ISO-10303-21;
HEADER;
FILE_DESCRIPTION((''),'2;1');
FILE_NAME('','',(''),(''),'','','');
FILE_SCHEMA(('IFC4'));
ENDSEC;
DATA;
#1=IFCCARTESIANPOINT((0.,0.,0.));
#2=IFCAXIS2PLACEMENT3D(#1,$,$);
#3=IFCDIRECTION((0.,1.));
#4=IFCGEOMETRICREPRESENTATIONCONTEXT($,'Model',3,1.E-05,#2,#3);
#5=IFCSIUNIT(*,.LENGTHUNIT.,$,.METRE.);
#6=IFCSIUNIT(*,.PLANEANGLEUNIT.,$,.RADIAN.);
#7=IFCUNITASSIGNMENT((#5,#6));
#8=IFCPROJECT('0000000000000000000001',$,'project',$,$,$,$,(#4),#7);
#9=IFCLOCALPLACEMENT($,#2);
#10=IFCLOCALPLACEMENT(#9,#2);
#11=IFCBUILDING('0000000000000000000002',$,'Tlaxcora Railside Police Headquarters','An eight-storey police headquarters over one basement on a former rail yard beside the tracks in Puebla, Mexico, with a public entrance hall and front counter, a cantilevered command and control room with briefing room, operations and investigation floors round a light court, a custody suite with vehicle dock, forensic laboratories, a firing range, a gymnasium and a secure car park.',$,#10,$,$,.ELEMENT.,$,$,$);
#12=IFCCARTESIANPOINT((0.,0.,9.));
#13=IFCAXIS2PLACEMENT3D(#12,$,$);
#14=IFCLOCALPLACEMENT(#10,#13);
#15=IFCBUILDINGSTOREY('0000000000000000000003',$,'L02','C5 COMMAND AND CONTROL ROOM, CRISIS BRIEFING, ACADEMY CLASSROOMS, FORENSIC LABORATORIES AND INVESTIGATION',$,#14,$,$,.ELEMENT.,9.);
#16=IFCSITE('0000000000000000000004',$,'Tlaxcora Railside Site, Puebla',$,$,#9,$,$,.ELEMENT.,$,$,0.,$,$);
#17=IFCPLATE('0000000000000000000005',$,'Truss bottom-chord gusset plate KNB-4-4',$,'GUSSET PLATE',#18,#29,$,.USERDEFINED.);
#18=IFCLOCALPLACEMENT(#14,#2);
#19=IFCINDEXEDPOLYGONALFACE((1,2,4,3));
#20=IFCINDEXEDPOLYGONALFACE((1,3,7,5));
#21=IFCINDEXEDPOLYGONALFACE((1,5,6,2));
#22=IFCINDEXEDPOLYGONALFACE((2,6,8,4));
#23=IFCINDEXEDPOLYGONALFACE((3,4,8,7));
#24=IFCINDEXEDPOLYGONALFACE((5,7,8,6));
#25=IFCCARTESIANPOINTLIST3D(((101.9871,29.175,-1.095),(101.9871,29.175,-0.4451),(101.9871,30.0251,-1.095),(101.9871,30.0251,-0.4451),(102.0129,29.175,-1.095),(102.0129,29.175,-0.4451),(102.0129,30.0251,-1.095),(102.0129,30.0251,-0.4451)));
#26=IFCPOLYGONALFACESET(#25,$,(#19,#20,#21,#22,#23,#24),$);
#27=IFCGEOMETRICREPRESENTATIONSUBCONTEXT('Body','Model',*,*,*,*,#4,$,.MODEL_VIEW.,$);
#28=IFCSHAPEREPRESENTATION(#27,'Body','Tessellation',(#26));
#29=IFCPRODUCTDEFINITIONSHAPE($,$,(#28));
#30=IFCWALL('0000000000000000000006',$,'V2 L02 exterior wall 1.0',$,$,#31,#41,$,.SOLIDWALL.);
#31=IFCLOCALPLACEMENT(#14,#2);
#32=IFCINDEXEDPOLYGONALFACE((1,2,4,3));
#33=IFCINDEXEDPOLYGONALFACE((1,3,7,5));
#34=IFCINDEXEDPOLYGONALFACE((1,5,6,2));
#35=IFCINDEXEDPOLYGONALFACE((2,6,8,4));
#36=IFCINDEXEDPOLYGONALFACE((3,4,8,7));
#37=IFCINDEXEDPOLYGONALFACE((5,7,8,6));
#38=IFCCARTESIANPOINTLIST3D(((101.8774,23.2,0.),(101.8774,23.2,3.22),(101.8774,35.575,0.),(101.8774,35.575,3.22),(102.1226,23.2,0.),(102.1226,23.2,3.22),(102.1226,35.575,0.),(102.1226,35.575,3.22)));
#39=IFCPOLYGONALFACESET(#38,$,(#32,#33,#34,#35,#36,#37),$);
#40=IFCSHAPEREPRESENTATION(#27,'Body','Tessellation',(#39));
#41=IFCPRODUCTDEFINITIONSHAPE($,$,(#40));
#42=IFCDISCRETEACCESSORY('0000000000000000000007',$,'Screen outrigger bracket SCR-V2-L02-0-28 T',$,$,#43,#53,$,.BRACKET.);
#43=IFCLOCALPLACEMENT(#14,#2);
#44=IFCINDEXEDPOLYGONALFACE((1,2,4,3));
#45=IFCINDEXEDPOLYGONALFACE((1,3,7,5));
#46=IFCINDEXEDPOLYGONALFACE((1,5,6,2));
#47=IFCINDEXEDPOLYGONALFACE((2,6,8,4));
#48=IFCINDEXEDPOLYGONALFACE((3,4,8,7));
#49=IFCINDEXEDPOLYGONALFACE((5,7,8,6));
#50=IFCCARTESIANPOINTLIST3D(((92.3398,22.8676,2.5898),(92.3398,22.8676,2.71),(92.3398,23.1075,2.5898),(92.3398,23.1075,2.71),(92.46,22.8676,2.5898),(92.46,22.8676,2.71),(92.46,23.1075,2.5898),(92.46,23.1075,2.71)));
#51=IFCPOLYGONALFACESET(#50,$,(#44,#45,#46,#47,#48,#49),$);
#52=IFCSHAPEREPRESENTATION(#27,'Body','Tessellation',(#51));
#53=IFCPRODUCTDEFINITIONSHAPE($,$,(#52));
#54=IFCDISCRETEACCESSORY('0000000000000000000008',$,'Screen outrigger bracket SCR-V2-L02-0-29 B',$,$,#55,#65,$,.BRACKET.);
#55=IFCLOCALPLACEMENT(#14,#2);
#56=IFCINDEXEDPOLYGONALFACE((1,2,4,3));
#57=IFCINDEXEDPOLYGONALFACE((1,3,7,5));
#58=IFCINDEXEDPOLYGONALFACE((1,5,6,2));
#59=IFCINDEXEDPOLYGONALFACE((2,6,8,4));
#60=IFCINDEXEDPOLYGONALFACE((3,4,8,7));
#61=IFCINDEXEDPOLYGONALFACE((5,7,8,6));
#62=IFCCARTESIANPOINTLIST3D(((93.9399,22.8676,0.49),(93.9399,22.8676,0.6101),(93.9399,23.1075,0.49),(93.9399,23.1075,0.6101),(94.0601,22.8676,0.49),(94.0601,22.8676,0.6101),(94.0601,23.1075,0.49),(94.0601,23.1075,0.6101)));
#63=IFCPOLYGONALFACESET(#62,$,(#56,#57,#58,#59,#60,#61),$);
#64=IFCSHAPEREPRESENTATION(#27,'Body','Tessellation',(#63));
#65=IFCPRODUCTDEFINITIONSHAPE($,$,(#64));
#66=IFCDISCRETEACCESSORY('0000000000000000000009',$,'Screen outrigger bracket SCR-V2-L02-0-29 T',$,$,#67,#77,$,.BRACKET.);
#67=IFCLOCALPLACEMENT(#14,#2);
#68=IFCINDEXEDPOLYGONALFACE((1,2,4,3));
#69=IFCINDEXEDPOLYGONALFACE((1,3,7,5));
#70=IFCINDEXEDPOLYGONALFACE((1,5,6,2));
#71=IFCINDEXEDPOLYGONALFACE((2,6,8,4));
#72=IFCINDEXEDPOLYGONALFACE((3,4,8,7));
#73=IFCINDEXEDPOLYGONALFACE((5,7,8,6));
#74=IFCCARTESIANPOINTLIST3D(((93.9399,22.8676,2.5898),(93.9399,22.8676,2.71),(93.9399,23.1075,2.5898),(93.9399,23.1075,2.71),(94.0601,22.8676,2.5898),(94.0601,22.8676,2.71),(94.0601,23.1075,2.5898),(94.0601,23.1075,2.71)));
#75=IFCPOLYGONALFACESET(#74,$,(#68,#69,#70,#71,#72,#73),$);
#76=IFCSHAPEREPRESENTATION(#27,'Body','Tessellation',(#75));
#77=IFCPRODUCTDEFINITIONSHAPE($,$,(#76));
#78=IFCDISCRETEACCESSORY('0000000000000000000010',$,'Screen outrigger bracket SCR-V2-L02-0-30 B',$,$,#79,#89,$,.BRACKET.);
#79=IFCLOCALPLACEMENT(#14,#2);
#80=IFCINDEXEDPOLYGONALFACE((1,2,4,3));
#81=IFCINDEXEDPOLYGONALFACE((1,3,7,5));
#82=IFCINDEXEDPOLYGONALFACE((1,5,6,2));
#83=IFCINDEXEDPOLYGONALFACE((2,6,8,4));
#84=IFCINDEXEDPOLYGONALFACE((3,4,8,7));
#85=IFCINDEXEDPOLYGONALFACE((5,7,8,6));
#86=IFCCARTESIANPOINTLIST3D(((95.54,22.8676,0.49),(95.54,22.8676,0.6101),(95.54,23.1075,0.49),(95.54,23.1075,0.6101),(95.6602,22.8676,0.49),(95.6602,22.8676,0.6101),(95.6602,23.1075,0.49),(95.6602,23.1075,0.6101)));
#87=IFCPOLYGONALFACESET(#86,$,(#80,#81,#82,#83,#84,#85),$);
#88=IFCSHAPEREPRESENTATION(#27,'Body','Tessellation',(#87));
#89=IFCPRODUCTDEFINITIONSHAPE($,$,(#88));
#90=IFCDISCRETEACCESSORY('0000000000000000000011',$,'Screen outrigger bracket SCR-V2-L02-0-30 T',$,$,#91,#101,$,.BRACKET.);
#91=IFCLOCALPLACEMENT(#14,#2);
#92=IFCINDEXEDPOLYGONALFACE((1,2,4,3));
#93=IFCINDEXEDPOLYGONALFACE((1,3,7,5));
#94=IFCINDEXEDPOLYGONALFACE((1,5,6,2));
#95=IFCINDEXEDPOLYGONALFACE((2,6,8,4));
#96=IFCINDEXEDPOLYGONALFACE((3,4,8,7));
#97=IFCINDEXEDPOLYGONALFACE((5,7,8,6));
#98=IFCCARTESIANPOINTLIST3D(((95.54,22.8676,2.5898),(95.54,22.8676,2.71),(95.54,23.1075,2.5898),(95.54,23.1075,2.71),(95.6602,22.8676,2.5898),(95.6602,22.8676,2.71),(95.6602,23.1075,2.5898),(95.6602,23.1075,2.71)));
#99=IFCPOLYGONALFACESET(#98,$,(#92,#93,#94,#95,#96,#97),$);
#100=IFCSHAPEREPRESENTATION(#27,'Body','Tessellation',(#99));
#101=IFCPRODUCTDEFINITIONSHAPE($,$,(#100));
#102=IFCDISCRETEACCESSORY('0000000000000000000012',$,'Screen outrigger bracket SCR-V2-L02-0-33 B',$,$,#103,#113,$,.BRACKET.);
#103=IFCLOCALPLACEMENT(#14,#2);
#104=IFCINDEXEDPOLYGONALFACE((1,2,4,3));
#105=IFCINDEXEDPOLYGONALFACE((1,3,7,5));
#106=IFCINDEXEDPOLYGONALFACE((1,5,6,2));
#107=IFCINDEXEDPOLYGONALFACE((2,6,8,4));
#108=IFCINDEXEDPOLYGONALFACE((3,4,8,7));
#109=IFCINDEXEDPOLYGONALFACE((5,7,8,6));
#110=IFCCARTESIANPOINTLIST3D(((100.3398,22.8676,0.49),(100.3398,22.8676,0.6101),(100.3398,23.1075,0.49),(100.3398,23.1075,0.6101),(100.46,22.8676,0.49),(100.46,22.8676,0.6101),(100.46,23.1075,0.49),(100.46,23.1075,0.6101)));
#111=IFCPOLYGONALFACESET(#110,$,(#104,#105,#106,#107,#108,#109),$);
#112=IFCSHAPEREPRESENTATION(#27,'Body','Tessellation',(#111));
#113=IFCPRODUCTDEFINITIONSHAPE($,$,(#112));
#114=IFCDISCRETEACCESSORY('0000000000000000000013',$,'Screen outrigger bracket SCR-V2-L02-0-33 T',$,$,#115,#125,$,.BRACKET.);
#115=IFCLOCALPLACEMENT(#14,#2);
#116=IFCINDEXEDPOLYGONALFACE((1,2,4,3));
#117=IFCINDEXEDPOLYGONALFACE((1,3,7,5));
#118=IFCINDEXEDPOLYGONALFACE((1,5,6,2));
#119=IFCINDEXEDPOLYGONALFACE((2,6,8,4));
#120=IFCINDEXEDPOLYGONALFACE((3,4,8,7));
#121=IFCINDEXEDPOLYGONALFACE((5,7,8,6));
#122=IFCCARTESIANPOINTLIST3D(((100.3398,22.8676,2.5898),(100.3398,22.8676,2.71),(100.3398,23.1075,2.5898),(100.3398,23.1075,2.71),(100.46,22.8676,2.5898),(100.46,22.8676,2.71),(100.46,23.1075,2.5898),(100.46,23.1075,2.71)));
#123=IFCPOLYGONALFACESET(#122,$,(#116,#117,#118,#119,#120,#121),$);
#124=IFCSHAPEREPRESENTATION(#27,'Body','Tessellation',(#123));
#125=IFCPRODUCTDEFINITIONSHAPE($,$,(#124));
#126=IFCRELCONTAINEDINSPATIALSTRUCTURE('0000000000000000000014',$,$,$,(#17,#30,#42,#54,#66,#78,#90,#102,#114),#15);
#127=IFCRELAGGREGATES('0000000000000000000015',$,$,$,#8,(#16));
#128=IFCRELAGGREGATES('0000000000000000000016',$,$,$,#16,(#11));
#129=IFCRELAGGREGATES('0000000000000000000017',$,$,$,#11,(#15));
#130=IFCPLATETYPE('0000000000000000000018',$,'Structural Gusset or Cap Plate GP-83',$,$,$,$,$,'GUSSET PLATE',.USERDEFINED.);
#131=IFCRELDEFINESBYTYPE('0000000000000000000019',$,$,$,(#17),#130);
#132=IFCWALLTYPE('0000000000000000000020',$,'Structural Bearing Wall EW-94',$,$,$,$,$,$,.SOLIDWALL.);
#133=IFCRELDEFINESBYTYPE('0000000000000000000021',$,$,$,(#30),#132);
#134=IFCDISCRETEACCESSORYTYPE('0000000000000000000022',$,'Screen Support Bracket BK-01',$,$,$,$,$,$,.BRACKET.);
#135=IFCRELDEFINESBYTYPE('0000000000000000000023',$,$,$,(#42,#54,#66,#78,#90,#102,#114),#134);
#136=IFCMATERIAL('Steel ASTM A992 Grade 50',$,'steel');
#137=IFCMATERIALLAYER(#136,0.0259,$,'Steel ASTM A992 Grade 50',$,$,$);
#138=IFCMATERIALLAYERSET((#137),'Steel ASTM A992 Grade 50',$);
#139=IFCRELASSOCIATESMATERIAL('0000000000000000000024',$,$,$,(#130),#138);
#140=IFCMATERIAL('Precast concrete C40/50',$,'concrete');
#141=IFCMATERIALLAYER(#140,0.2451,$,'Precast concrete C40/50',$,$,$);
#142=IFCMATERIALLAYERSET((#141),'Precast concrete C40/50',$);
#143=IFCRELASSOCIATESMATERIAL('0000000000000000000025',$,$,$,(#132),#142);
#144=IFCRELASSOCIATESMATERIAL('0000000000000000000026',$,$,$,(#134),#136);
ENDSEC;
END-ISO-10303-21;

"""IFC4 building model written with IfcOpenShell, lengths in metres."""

from ifc_helpers import new_model, si_unit, direction, frame, frame_2d, origin, origin_2d, place, context, subcontext, project, spatial, rectangle, extrude, material, layer, layer_set, type_object, element, save


model = new_model("IFC4")

# Units and contexts
model_context = context("Model", 3, precision=1e-05, world=origin(), true_north=direction((0.0, 1.0)))
body_context = subcontext(model_context, "Body", "Model", "MODEL_VIEW")
ifc_project = project(units=[si_unit("LENGTHUNIT", "METRE"), si_unit("PLANEANGLEUNIT", "RADIAN")], contexts=[model_context])

# Site, building, storey
site_placement = place(None, origin())
site = spatial("IfcSite", under=ifc_project, at=site_placement, Name="Tlaxcora Railside Site, Puebla", CompositionType="ELEMENT", RefElevation=0.0)
building_placement = place(site_placement, origin())
building = spatial("IfcBuilding", under=site, at=building_placement, Name="Tlaxcora Railside Police Headquarters", Description="An eight-storey police headquarters over one basement on a former rail yard beside the tracks in Puebla, Mexico, with a public entrance hall and front counter, a cantilevered command and control room with briefing room, operations and investigation floors round a light court, a custody suite with vehicle dock, forensic laboratories, a firing range, a gymnasium and a secure car park.", CompositionType="ELEMENT")
storey_placement = place(building_placement, frame((0.0, 0.0, 9.0)))
storey = spatial("IfcBuildingStorey", under=building, at=storey_placement, Name="L02", Description="C5 COMMAND AND CONTROL ROOM, CRISIS BRIEFING, ACADEMY CLASSROOMS, FORENSIC LABORATORIES AND INVESTIGATION", CompositionType="ELEMENT", Elevation=9.0)

# Shared definitions
ifc_material_1 = material(Name="Steel ASTM A992 Grade 50", Category="steel")

# Plate
ifc_layer_1 = layer(ifc_material_1, 0.0259, Name="Steel ASTM A992 Grade 50")
ifc_layer_set_1 = layer_set([ifc_layer_1], Name="Steel ASTM A992 Grade 50")
plate_type_1 = type_object("IfcPlateType", Name="Structural Gusset or Cap Plate GP-83", ElementType="GUSSET PLATE", PredefinedType="USERDEFINED", material=ifc_layer_set_1)
for number, where, z_axis, x_axis, name in (
    (1, (102.0, 29.6001, -1.095), (0.0, 0.0, 1.0), (0.0, 1.0, 0.0), "Truss bottom-chord gusset plate KNB-4-4"),
):
    element("IfcPlate", number, at=place(storey_placement, frame(where, z_axis=z_axis, x_axis=x_axis)), inside=storey, type_object=plate_type_1, Name=name, ObjectType="GUSSET PLATE", PredefinedType="USERDEFINED", context=body_context, shape_type="SweptSolid", body=[
        extrude(rectangle(XDim=0.8501, YDim=0.0259, at=origin_2d()), origin(), (0.0, 0.0, 1.0), 0.6499),
    ])

# Wall
ifc_material_2 = material(Name="Precast concrete C40/50", Category="concrete")
ifc_layer_2 = layer(ifc_material_2, 0.2451, Name="Precast concrete C40/50")
ifc_layer_set_2 = layer_set([ifc_layer_2], Name="Precast concrete C40/50")
wall_type = type_object("IfcWallType", Name="Structural Bearing Wall EW-94", PredefinedType="SOLIDWALL", material=ifc_layer_set_2)
wall_placement = place(storey_placement, frame((102.0, 23.2, 0.0), z_axis=(0.0, 0.0, 1.0), x_axis=(0.0, 1.0, 0.0)))
element("IfcWall", 2, at=wall_placement, inside=storey, type_object=wall_type, Name="V2 L02 exterior wall 1.0", PredefinedType="SOLIDWALL", context=body_context, shape_type="SweptSolid", body=[
    extrude(rectangle(XDim=12.375, YDim=0.2451, at=frame_2d((6.1875, 0.0))), origin(), (0.0, 0.0, 1.0), 3.22),
])

# Discrete accessories
discrete_accessory_type = type_object("IfcDiscreteAccessoryType", Name="Screen Support Bracket BK-01", PredefinedType="BRACKET", material=ifc_material_1)
for number, where, z_axis, x_axis, name in (
    (3, (92.3999, 22.9875, 2.5898), (0.0, 0.0, 1.0), (1.0, 0.0, 0.0), "Screen outrigger bracket SCR-V2-L02-0-28 T"),
    (4, (94.0, 22.9875, 0.49), (0.0, 0.0, 1.0), (1.0, 0.0, 0.0), "Screen outrigger bracket SCR-V2-L02-0-29 B"),
    (5, (94.0, 22.9875, 2.5898), (0.0, 0.0, 1.0), (1.0, 0.0, 0.0), "Screen outrigger bracket SCR-V2-L02-0-29 T"),
    (6, (95.6001, 22.9875, 0.49), (0.0, 0.0, 1.0), (1.0, 0.0, 0.0), "Screen outrigger bracket SCR-V2-L02-0-30 B"),
    (7, (95.6001, 22.9875, 2.5898), (0.0, 0.0, 1.0), (1.0, 0.0, 0.0), "Screen outrigger bracket SCR-V2-L02-0-30 T"),
    (8, (100.3999, 22.9875, 0.49), (0.0, 0.0, 1.0), (1.0, 0.0, 0.0), "Screen outrigger bracket SCR-V2-L02-0-33 B"),
    (9, (100.3999, 22.9875, 2.5898), (0.0, 0.0, 1.0), (1.0, 0.0, 0.0), "Screen outrigger bracket SCR-V2-L02-0-33 T"),
):
    element("IfcDiscreteAccessory", number, at=place(storey_placement, frame(where, z_axis=z_axis, x_axis=x_axis)), inside=storey, type_object=discrete_accessory_type, Name=name, PredefinedType="BRACKET", context=body_context, shape_type="SweptSolid", body=[
        extrude(rectangle(XDim=0.1201, YDim=0.24, at=origin_2d()), origin(), (0.0, 0.0, 1.0), 0.1201),
    ])

save(model, "model.ifc")
